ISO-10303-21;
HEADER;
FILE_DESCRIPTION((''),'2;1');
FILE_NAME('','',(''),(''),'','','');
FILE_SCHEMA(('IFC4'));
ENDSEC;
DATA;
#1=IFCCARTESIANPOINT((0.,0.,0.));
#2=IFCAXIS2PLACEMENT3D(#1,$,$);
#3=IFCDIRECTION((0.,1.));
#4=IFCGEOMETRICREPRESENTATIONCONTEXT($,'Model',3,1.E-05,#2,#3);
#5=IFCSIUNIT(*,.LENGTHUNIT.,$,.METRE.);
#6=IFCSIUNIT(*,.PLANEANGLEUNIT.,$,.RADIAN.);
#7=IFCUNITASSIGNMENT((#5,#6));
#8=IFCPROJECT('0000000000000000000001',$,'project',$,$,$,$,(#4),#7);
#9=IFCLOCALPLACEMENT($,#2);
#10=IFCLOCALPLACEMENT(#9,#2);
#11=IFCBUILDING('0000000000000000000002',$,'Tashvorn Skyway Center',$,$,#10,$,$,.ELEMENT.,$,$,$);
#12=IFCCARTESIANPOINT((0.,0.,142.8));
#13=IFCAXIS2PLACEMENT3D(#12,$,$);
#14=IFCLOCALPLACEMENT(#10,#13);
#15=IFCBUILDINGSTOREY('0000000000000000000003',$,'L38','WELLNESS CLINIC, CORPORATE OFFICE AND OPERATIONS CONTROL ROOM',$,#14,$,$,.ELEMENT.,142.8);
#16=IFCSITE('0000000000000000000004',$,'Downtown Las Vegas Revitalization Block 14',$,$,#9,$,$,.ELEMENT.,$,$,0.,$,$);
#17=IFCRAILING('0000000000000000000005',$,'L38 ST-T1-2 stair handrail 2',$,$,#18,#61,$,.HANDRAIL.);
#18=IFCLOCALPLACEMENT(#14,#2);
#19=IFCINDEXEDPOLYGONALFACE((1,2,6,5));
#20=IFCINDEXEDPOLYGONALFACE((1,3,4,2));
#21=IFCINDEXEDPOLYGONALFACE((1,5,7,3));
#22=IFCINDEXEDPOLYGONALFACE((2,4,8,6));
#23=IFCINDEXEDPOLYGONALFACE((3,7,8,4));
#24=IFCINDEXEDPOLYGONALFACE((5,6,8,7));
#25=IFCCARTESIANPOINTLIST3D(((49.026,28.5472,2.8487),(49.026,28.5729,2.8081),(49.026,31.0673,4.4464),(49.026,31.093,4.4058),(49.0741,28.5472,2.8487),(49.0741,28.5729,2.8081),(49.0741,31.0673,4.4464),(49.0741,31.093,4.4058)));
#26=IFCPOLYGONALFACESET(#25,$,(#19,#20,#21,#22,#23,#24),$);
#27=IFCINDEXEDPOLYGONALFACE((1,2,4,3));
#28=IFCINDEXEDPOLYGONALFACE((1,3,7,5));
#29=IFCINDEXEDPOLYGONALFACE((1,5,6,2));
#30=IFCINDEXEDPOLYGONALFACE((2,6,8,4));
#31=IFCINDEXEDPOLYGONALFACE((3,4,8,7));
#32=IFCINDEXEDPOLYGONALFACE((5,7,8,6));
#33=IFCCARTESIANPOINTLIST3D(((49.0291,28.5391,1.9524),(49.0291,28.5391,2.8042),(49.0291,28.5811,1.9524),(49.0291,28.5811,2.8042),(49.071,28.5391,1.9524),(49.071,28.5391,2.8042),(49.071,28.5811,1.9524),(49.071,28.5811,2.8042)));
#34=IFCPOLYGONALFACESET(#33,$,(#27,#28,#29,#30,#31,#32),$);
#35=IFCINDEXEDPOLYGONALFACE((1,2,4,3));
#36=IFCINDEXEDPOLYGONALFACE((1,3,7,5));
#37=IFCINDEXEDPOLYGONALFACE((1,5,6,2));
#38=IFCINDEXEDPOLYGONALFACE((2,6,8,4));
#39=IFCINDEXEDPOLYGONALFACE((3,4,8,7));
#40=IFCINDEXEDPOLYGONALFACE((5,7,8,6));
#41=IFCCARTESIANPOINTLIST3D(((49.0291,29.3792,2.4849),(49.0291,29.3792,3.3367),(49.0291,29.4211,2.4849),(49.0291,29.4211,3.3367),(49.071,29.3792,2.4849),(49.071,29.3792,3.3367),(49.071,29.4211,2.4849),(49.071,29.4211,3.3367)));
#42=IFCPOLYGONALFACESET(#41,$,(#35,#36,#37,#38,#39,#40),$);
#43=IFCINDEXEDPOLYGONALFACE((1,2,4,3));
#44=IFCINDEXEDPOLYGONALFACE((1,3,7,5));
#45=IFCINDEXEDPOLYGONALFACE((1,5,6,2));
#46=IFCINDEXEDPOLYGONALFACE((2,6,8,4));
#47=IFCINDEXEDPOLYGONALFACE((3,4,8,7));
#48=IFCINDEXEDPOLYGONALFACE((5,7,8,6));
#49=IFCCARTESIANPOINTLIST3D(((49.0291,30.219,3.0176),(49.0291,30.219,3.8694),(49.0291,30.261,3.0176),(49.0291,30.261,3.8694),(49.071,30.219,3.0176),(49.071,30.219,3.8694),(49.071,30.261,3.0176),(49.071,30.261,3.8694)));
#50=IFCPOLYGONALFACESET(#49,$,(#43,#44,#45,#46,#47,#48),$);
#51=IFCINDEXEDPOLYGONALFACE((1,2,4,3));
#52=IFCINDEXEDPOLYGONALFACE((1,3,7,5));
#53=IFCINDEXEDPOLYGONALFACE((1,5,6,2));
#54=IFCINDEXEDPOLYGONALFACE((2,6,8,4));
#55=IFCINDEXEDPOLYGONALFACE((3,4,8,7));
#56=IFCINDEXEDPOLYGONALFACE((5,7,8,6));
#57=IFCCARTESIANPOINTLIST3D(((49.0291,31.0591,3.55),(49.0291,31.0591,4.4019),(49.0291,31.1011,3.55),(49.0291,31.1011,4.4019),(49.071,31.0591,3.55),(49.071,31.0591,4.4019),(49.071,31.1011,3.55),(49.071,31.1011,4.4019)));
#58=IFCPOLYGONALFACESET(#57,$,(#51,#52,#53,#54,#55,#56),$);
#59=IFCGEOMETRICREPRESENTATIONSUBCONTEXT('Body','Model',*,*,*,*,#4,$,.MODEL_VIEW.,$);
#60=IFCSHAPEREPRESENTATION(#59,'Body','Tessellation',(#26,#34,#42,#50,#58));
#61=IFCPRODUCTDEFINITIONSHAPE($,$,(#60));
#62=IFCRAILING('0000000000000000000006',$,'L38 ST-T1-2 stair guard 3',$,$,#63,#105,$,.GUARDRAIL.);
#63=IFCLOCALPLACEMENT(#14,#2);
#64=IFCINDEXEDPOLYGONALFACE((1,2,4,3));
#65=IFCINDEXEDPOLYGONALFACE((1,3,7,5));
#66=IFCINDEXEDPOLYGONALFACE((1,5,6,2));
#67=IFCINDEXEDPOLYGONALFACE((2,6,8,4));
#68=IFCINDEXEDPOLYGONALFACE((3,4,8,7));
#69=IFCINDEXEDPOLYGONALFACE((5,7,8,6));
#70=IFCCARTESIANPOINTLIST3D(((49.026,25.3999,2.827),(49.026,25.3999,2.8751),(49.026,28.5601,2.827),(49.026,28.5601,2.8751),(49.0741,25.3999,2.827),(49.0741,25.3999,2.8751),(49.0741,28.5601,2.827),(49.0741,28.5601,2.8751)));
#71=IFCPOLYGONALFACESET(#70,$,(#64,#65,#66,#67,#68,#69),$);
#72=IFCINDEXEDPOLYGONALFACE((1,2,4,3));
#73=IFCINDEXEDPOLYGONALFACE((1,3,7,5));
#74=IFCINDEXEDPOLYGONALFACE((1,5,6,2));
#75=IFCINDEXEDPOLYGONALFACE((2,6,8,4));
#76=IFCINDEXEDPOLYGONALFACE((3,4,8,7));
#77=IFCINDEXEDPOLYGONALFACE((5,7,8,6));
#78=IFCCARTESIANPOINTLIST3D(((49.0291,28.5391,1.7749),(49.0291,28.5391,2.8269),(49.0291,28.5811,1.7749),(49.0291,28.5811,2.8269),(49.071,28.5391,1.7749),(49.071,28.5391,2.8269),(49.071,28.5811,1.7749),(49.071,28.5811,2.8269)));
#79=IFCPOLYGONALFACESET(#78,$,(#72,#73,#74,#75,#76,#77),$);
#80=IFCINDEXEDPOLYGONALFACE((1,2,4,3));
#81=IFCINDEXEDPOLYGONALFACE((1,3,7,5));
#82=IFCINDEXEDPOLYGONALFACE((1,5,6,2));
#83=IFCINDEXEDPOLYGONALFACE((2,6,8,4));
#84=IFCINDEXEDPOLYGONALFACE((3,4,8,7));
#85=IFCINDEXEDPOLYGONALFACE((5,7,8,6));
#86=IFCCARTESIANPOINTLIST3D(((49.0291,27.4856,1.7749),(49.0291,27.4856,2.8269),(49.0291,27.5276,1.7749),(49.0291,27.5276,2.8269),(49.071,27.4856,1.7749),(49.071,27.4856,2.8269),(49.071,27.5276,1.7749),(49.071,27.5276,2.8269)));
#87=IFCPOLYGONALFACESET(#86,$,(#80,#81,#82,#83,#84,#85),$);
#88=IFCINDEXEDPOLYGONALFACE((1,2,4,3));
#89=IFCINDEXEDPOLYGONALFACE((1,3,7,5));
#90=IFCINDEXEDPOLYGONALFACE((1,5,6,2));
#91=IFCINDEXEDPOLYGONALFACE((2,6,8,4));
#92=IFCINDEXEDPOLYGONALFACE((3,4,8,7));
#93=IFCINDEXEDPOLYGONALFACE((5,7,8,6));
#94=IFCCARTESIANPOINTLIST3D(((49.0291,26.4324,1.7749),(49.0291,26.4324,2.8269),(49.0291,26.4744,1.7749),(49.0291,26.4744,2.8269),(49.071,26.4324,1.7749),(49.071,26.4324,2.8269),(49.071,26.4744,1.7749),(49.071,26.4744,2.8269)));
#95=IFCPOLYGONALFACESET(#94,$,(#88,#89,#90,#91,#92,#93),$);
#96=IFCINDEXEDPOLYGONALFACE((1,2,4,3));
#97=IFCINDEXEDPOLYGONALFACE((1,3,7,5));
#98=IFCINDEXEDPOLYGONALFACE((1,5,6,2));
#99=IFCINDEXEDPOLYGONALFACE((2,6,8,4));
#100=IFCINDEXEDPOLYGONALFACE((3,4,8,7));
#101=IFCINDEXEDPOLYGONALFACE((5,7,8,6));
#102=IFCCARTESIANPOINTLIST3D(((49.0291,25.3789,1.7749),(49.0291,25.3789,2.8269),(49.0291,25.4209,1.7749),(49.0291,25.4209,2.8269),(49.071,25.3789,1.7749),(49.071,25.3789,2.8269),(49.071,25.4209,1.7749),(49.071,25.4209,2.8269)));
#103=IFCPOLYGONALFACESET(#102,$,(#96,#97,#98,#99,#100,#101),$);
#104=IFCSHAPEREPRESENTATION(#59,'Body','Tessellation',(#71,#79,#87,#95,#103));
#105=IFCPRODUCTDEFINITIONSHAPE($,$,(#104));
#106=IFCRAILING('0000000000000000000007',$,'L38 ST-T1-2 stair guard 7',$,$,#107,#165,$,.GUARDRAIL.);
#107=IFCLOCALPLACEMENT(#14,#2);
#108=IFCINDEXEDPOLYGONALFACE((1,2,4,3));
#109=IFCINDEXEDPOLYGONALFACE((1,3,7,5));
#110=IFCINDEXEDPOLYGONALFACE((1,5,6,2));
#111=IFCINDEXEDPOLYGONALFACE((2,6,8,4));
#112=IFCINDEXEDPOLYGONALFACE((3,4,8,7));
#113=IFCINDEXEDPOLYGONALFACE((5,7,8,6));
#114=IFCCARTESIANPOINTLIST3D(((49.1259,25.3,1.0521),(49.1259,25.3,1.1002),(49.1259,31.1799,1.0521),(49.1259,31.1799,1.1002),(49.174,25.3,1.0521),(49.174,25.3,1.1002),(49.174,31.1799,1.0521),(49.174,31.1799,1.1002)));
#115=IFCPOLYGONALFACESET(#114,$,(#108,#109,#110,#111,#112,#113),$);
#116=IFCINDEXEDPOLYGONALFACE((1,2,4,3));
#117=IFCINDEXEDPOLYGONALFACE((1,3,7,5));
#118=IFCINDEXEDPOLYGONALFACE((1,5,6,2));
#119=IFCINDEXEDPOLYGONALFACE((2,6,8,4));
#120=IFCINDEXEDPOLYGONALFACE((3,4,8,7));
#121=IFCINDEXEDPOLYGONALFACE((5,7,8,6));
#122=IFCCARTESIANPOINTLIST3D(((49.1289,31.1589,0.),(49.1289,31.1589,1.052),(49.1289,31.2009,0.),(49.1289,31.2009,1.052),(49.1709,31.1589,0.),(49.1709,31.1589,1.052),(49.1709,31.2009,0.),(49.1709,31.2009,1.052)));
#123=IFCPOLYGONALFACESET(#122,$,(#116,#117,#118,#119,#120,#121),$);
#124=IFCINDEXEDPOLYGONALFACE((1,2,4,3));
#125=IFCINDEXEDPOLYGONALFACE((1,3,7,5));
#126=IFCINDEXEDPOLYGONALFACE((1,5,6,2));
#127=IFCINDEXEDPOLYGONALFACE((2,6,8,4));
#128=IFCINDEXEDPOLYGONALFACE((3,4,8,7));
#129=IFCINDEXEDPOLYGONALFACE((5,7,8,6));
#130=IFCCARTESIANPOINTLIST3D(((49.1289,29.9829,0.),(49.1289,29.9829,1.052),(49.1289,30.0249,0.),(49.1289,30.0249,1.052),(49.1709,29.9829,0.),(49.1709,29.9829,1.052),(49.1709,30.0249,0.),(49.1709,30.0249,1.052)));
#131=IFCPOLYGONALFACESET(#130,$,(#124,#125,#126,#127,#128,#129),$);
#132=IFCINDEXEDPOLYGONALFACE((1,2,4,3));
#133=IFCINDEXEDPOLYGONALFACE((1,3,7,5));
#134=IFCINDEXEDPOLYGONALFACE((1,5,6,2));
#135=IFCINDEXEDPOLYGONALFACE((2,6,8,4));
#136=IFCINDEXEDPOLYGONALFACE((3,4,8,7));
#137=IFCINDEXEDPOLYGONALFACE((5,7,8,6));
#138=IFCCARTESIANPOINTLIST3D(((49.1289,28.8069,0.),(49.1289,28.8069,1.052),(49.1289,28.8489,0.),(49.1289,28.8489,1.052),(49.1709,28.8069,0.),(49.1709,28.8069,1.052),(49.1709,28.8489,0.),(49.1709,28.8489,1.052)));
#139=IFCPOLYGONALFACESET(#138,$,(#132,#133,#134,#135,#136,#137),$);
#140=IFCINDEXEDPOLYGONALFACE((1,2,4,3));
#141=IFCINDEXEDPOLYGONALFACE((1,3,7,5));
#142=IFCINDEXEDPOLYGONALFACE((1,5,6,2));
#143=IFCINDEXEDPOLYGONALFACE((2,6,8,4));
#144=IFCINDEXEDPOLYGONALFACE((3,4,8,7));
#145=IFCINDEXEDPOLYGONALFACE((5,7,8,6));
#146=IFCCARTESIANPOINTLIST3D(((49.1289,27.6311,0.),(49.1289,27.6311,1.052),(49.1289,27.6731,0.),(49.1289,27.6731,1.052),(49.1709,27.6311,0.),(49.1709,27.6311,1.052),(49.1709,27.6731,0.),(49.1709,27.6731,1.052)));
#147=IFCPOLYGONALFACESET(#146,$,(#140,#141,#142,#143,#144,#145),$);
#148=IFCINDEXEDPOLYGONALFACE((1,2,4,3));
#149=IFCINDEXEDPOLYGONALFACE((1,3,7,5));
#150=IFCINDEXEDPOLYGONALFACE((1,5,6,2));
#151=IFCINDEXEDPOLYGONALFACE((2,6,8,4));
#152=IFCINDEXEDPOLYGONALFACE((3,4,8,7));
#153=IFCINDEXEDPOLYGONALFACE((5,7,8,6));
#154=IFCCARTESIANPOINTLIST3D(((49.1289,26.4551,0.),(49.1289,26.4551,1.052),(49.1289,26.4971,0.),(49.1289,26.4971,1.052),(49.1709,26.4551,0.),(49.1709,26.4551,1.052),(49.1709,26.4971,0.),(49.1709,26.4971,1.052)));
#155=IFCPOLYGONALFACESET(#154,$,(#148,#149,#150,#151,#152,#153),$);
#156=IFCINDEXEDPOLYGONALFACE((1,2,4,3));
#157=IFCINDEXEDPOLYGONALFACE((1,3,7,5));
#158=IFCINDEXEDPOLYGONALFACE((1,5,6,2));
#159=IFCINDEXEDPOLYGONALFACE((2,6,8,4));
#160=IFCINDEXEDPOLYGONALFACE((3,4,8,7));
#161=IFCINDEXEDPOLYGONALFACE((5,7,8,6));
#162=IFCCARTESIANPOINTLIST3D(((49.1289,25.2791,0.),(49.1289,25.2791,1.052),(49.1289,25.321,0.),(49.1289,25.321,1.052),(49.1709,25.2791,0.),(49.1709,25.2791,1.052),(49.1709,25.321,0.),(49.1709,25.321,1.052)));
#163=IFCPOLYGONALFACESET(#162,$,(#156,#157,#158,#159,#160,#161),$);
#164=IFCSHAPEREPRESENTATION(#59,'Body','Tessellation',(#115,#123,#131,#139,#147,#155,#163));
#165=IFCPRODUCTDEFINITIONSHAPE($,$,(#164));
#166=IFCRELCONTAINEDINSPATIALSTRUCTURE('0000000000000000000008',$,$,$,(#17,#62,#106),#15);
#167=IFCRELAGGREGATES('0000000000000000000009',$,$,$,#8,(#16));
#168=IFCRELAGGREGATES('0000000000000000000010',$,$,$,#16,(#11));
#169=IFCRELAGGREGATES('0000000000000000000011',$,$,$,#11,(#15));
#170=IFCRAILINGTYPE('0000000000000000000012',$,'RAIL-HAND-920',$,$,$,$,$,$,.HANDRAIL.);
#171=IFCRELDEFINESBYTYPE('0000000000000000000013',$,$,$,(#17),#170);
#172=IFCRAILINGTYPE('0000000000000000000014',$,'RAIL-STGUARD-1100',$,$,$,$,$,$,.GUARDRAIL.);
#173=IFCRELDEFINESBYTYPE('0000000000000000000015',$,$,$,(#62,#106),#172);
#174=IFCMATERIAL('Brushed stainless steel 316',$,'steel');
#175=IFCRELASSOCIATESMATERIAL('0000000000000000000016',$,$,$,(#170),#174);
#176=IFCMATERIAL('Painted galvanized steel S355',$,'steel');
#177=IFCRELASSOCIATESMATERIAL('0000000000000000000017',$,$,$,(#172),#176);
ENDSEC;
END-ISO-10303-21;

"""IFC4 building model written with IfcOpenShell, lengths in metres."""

from ifc_helpers import new_model, si_unit, direction, frame, origin, origin_2d, place, context, subcontext, project, spatial, rectangle, extrude, material, type_object, element, save


model = new_model("IFC4")

# Units and contexts
model_context = context("Model", 3, precision=1e-05, world=origin(), true_north=direction((0.0, 1.0)))
body_context = subcontext(model_context, "Body", "Model", "MODEL_VIEW")
ifc_project = project(units=[si_unit("LENGTHUNIT", "METRE"), si_unit("PLANEANGLEUNIT", "RADIAN")], contexts=[model_context])

# Site, building, storey
site_placement = place(None, origin())
site = spatial("IfcSite", under=ifc_project, at=site_placement, Name="Downtown Las Vegas Revitalization Block 14", CompositionType="ELEMENT", RefElevation=0.0)
building_placement = place(site_placement, origin())
building = spatial("IfcBuilding", under=site, at=building_placement, Name="Tashvorn Skyway Center", CompositionType="ELEMENT")
storey_placement = place(building_placement, frame((0.0, 0.0, 142.8)))
storey = spatial("IfcBuildingStorey", under=building, at=storey_placement, Name="L38", Description="WELLNESS CLINIC, CORPORATE OFFICE AND OPERATIONS CONTROL ROOM", CompositionType="ELEMENT", Elevation=142.8)

# Railings
ifc_material_1 = material(Name="Brushed stainless steel 316", Category="steel")
railing_type_1 = type_object("IfcRailingType", Name="RAIL-HAND-920", PredefinedType="HANDRAIL", material=ifc_material_1)
railing_1_placement = place(storey_placement, frame((49.05, 28.5601, 1.9524)))
element("IfcRailing", 1, at=railing_1_placement, inside=storey, type_object=railing_type_1, Name="L38 ST-T1-2 stair handrail 2", PredefinedType="HANDRAIL", context=body_context, shape_type="SweptSolid", body=[
    extrude(rectangle(XDim=0.0481, YDim=0.0481, at=origin_2d()), frame((0.0, 0.0, 0.876), z_axis=(0.0, 0.84457, 0.535445), x_axis=(-1.0, 0.0, 0.0)), (0.0, 0.0, 1.0), 2.9839),
    extrude(rectangle(XDim=0.042, YDim=0.042, at=origin_2d()), origin(), (0.0, 0.0, 1.0), 0.8518),
    extrude(rectangle(XDim=0.042, YDim=0.042, at=origin_2d()), frame((0.0, 0.8401, 0.5325)), (0.0, 0.0, 1.0), 0.8518),
    extrude(rectangle(XDim=0.042, YDim=0.042, at=origin_2d()), frame((0.0, 1.6799, 1.0652)), (0.0, 0.0, 1.0), 0.8518),
    extrude(rectangle(XDim=0.042, YDim=0.042, at=origin_2d()), frame((0.0, 2.52, 1.5977)), (0.0, 0.0, 1.0), 0.8518),
])
ifc_material_2 = material(Name="Painted galvanized steel S355", Category="steel")
railing_type_2 = type_object("IfcRailingType", Name="RAIL-STGUARD-1100", PredefinedType="GUARDRAIL", material=ifc_material_2)
railing_2_placement = place(storey_placement, frame((49.05, 28.5601, 1.7749)))
element("IfcRailing", 2, at=railing_2_placement, inside=storey, type_object=railing_type_2, Name="L38 ST-T1-2 stair guard 3", PredefinedType="GUARDRAIL", context=body_context, shape_type="SweptSolid", body=[
    extrude(rectangle(XDim=0.0481, YDim=0.0481, at=origin_2d()), frame((0.0, 0.0, 1.0762), z_axis=(0.0, -1.0, 0.0), x_axis=(1.0, 0.0, 0.0)), (0.0, 0.0, 1.0), 3.1602),
    extrude(rectangle(XDim=0.042, YDim=0.042, at=origin_2d()), origin(), (0.0, 0.0, 1.0), 1.052),
    extrude(rectangle(XDim=0.042, YDim=0.042, at=origin_2d()), frame((0.0, -1.0535, 0.0)), (0.0, 0.0, 1.0), 1.052),
    extrude(rectangle(XDim=0.042, YDim=0.042, at=origin_2d()), frame((0.0, -2.1067, 0.0)), (0.0, 0.0, 1.0), 1.052),
    extrude(rectangle(XDim=0.042, YDim=0.042, at=origin_2d()), frame((0.0, -3.1602, 0.0)), (0.0, 0.0, 1.0), 1.052),
])
railing_3_placement = place(storey_placement, frame((49.1499, 31.1799, 0.0)))
element("IfcRailing", 3, at=railing_3_placement, inside=storey, type_object=railing_type_2, Name="L38 ST-T1-2 stair guard 7", PredefinedType="GUARDRAIL", context=body_context, shape_type="SweptSolid", body=[
    extrude(rectangle(XDim=0.0481, YDim=0.0481, at=origin_2d()), frame((0.0, 0.0, 1.0762), z_axis=(0.0, -1.0, 0.0), x_axis=(1.0, 0.0, 0.0)), (0.0, 0.0, 1.0), 5.8799),
    extrude(rectangle(XDim=0.042, YDim=0.042, at=origin_2d()), origin(), (0.0, 0.0, 1.0), 1.052),
    extrude(rectangle(XDim=0.042, YDim=0.042, at=origin_2d()), frame((0.0, -1.176, 0.0)), (0.0, 0.0, 1.0), 1.052),
    extrude(rectangle(XDim=0.042, YDim=0.042, at=origin_2d()), frame((0.0, -2.3521, 0.0)), (0.0, 0.0, 1.0), 1.052),
    extrude(rectangle(XDim=0.042, YDim=0.042, at=origin_2d()), frame((0.0, -3.5278, 0.0)), (0.0, 0.0, 1.0), 1.052),
    extrude(rectangle(XDim=0.042, YDim=0.042, at=origin_2d()), frame((0.0, -4.7039, 0.0)), (0.0, 0.0, 1.0), 1.052),
    extrude(rectangle(XDim=0.042, YDim=0.042, at=origin_2d()), frame((0.0, -5.8799, 0.0)), (0.0, 0.0, 1.0), 1.052),
])

save(model, "model.ifc")
